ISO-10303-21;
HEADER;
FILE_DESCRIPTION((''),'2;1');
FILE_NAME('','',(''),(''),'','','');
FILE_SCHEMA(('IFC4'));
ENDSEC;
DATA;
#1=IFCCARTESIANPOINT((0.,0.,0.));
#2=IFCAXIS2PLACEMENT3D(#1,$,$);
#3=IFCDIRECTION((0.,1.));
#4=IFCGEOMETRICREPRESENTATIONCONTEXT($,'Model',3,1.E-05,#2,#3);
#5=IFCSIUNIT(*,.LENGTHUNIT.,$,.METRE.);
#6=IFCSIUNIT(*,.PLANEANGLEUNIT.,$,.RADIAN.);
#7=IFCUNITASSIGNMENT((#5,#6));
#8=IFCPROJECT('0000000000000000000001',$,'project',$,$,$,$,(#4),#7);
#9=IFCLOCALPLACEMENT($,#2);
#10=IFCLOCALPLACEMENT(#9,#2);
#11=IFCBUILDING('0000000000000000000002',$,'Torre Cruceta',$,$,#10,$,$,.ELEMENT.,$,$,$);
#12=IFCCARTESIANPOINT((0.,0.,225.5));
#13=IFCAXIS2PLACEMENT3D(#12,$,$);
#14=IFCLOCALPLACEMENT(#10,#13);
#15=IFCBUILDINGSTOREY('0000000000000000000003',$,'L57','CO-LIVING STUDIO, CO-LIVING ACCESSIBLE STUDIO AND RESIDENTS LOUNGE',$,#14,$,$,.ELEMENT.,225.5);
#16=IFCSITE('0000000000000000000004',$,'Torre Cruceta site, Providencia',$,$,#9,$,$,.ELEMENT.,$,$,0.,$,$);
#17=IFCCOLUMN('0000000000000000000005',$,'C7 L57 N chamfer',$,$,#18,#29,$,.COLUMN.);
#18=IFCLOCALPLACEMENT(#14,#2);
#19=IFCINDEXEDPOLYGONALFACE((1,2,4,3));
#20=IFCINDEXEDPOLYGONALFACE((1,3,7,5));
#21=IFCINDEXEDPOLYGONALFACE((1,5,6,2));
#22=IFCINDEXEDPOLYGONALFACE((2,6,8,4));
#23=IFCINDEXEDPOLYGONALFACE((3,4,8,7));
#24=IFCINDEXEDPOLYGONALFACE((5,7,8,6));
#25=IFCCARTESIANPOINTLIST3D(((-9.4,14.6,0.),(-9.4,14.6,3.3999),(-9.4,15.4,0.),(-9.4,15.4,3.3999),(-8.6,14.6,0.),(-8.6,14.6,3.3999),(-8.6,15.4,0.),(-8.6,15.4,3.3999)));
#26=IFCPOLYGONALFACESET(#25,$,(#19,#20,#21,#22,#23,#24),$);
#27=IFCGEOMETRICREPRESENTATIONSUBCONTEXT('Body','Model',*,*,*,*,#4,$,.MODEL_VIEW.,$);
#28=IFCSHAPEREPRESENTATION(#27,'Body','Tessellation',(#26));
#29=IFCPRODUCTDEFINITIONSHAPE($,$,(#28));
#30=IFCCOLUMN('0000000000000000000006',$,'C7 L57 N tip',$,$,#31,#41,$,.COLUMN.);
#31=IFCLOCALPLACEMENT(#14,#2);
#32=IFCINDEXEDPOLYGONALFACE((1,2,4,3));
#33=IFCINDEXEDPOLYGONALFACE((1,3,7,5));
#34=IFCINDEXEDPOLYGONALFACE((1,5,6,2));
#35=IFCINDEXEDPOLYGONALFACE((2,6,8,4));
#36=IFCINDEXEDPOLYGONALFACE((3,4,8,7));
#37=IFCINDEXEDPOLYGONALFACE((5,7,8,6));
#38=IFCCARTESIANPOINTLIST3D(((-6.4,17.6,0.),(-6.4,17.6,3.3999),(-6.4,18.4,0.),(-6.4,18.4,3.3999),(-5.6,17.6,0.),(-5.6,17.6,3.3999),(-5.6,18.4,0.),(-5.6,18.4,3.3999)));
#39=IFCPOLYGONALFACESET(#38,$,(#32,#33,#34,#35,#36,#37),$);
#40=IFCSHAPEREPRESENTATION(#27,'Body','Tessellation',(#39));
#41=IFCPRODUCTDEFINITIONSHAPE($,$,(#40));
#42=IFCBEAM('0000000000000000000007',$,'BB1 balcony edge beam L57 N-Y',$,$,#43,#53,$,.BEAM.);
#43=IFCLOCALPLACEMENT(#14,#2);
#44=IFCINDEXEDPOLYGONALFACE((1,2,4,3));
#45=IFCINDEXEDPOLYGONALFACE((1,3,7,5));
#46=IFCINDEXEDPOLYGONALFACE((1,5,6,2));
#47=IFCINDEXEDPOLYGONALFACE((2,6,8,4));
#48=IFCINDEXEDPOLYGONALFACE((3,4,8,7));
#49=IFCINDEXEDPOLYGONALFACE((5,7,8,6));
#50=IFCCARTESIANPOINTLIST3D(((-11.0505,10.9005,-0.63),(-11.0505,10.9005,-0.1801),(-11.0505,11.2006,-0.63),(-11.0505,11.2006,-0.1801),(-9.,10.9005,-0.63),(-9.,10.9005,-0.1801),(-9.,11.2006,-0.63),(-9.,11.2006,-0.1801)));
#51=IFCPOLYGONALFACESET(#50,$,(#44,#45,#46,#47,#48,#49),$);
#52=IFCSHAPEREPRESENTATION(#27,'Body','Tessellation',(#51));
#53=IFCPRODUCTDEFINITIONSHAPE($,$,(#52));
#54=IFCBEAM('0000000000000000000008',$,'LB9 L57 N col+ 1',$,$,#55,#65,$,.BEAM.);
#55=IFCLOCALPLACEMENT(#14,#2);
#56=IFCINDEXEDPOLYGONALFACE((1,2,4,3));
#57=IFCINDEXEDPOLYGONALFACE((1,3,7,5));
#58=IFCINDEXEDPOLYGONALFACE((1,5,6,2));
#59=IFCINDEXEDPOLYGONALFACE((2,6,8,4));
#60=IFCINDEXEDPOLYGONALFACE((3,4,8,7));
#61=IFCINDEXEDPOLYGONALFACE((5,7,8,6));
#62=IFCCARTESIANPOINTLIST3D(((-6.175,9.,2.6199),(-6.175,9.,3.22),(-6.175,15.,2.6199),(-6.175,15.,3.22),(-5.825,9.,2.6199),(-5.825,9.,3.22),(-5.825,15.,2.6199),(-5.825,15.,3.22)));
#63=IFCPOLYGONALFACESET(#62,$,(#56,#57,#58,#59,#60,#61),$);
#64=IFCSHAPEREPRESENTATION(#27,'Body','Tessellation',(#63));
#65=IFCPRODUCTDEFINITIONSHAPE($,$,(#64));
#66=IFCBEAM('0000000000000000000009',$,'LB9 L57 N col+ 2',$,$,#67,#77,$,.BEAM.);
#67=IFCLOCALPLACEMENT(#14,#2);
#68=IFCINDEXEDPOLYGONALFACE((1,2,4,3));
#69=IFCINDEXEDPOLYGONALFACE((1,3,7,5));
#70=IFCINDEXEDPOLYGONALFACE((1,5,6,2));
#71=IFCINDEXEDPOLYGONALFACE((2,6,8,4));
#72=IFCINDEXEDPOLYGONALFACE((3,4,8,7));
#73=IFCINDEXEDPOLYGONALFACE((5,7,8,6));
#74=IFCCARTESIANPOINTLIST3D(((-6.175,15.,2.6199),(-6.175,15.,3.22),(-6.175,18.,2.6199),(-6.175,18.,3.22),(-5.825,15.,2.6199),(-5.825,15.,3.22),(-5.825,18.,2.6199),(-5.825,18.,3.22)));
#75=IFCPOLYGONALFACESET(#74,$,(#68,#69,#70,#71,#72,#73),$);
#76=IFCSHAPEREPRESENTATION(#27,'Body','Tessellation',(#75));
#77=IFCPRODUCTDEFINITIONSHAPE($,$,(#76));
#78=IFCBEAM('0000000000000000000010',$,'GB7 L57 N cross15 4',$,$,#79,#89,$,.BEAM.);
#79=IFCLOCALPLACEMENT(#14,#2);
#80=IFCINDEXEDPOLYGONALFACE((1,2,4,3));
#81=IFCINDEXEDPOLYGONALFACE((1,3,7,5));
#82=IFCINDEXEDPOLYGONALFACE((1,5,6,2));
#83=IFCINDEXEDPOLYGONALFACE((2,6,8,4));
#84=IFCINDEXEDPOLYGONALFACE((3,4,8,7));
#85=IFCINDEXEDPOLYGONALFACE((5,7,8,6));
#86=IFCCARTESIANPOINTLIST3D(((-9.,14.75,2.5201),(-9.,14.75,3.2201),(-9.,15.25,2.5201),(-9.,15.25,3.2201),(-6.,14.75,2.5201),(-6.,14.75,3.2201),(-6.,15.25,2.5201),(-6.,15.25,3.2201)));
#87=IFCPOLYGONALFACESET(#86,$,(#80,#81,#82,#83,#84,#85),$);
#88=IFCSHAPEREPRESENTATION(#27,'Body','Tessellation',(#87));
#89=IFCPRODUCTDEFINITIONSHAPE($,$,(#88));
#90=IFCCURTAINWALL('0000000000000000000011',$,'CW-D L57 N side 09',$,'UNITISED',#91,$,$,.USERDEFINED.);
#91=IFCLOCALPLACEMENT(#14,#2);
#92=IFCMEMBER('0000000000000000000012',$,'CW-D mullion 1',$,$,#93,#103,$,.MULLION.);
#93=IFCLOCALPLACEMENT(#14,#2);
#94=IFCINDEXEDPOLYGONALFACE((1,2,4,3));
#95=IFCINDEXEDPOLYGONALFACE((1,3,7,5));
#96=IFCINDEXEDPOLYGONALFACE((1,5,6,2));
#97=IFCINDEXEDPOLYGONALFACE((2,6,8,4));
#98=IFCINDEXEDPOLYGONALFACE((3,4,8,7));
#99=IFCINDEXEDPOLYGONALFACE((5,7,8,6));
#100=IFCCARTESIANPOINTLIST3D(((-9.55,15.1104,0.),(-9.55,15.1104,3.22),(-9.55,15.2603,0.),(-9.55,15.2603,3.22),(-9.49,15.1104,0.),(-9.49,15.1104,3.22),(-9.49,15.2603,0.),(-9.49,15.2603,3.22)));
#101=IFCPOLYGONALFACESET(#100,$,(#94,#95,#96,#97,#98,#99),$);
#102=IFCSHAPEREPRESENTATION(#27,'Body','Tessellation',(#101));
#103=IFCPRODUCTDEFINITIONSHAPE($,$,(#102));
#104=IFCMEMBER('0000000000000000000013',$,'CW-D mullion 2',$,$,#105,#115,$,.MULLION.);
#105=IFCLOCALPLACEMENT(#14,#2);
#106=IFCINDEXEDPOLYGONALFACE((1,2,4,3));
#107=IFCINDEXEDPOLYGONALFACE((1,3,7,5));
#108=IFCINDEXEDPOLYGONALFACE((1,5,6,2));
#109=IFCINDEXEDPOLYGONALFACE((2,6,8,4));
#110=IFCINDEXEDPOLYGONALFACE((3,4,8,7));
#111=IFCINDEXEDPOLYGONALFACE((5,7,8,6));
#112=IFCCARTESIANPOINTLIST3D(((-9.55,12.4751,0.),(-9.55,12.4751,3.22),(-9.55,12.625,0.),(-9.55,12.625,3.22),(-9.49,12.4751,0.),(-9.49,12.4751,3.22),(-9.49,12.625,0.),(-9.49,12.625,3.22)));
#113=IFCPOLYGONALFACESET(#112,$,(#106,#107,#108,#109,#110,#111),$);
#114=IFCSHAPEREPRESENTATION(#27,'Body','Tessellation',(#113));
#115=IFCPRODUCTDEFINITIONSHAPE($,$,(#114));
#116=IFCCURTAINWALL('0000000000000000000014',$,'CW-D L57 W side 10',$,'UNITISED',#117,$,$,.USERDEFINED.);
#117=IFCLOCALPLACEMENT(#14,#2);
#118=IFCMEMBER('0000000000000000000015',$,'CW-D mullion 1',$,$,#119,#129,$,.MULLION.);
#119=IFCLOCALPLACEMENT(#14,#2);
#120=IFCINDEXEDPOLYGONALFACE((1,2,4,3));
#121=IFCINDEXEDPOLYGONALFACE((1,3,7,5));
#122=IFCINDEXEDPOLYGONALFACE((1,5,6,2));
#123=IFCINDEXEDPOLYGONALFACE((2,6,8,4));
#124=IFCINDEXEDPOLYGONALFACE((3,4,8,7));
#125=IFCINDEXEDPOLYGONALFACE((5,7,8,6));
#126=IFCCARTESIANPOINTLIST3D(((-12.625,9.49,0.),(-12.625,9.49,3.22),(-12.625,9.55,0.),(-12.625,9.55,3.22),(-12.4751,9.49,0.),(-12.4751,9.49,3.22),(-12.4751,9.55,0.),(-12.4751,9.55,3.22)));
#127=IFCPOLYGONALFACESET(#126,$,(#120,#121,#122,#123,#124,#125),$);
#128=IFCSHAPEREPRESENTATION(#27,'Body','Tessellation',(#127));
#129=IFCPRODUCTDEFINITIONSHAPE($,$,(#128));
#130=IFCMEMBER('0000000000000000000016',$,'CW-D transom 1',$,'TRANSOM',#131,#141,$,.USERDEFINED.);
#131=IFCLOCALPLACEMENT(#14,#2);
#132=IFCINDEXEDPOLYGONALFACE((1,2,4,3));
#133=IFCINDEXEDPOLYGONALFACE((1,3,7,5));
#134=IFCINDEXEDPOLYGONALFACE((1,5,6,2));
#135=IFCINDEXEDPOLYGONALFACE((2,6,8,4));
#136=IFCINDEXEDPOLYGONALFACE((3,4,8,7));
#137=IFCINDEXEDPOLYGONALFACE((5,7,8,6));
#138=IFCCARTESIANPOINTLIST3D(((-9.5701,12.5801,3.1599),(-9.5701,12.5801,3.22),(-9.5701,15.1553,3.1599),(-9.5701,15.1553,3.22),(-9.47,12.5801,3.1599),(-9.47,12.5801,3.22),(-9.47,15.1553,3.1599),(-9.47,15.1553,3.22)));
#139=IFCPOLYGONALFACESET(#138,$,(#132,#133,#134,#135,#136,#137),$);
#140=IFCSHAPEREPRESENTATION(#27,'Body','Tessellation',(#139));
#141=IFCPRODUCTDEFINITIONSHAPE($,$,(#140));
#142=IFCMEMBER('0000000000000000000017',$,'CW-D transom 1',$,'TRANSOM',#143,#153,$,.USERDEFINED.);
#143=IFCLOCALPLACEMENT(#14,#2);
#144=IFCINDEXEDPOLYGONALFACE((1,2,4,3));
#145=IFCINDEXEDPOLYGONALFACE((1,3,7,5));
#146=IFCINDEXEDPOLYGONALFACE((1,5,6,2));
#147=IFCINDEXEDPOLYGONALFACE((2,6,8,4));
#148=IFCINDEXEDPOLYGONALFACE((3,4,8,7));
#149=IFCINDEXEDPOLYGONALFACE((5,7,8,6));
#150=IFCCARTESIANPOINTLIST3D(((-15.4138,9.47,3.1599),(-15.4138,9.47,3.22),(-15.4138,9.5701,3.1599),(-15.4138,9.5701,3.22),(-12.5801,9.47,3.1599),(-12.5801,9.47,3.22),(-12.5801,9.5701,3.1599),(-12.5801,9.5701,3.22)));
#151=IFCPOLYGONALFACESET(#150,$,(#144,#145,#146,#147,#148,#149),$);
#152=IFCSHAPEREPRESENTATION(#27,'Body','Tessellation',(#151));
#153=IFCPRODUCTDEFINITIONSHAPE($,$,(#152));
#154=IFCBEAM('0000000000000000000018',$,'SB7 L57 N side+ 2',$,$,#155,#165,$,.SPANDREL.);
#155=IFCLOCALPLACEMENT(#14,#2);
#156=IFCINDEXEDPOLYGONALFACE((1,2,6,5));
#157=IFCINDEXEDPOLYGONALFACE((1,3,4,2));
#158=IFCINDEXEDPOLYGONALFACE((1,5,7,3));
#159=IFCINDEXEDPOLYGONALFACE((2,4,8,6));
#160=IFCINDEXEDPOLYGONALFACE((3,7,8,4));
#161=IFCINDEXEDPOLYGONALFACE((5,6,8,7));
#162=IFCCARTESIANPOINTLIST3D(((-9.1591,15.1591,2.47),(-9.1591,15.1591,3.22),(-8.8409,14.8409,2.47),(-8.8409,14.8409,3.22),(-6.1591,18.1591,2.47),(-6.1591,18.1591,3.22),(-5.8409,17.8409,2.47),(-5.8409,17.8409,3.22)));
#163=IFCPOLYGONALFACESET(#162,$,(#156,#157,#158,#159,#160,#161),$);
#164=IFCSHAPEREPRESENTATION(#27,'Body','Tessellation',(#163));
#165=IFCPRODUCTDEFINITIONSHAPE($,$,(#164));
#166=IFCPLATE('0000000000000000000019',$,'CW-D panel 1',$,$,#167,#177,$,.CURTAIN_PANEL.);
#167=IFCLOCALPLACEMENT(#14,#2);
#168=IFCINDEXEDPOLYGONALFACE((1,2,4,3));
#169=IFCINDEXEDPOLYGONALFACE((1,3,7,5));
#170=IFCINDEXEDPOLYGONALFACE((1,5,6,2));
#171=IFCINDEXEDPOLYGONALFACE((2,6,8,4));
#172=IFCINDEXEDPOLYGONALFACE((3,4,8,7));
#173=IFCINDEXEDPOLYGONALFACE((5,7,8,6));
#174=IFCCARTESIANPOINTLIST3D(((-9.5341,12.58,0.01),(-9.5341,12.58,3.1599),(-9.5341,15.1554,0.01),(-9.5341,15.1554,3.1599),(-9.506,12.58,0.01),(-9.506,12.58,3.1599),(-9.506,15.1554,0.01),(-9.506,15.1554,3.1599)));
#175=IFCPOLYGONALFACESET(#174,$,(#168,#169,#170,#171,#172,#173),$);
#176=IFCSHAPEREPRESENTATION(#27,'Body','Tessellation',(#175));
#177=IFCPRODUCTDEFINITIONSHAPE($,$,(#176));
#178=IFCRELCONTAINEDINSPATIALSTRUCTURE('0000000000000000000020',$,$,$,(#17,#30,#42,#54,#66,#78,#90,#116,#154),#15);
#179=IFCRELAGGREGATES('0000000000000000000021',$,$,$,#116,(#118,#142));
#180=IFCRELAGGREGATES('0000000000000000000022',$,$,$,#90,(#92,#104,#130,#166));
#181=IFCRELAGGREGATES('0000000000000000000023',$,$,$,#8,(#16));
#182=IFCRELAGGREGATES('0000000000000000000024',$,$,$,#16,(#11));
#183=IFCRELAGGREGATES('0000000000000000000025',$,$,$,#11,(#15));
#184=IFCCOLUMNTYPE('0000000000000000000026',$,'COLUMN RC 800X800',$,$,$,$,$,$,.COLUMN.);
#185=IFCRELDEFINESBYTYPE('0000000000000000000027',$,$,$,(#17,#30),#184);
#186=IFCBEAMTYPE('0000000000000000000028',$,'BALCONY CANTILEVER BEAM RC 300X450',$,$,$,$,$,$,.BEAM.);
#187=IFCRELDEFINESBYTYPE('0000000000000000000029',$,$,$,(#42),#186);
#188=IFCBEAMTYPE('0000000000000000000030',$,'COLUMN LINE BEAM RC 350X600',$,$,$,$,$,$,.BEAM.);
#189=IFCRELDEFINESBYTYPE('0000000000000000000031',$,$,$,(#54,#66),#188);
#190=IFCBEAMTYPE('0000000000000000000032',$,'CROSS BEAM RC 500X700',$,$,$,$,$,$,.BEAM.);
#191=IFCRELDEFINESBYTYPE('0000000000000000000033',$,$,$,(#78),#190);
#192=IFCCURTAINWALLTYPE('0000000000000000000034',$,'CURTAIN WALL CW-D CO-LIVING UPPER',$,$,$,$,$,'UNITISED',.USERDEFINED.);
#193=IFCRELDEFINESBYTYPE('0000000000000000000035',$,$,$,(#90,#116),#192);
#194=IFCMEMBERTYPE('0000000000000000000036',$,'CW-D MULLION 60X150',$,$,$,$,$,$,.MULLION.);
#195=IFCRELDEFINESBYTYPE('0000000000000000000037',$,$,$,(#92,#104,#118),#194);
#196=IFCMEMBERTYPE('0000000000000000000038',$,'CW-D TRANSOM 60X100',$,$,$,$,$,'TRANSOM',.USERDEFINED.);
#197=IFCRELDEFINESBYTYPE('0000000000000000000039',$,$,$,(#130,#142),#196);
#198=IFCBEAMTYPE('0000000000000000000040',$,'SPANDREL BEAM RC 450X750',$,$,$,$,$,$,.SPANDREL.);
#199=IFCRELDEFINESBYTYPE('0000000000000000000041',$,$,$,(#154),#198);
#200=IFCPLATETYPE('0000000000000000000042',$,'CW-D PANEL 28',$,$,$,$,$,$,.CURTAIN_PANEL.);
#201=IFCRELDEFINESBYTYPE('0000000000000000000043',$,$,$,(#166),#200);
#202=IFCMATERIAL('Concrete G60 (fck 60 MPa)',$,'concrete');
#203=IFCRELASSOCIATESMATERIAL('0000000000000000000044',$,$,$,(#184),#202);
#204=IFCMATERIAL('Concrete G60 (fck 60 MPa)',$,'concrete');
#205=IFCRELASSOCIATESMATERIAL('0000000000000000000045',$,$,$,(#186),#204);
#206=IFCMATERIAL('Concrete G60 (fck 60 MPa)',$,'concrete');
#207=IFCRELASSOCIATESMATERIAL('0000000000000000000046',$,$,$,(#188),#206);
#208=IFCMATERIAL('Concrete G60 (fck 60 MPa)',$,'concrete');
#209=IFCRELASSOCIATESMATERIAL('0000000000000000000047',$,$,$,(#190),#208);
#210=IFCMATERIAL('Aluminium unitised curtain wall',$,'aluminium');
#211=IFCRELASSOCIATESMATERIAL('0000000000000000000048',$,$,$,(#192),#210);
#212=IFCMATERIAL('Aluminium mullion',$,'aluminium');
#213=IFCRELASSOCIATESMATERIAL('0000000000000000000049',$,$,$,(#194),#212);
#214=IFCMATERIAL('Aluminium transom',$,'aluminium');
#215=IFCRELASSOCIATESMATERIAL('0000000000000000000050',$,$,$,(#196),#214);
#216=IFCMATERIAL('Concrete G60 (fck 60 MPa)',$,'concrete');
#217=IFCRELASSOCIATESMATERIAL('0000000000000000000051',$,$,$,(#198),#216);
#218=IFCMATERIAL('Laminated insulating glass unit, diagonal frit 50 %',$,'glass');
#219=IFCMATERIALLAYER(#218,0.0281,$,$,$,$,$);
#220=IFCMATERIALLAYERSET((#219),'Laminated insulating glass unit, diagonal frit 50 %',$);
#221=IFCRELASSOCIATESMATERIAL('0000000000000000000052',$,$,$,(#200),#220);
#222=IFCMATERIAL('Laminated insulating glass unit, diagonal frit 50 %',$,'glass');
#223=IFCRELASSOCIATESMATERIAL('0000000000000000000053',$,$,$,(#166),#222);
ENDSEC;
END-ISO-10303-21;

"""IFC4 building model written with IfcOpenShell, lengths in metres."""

from ifc_helpers import new_model, si_unit, direction, frame, origin, origin_2d, place, context, subcontext, project, spatial, rectangle, extrude, material, layer, layer_set, material_profile, profile_set, type_object, element, aggregate, save


model = new_model("IFC4")

# Units and contexts
model_context = context("Model", 3, precision=1e-05, world=origin(), true_north=direction((0.0, 1.0)))
body_context = subcontext(model_context, "Body", "Model", "MODEL_VIEW")
ifc_project = project(units=[si_unit("LENGTHUNIT", "METRE"), si_unit("PLANEANGLEUNIT", "RADIAN")], contexts=[model_context])

# Site, building, storey
site_placement = place(None, origin())
site = spatial("IfcSite", under=ifc_project, at=site_placement, Name="Torre Cruceta site, Providencia", CompositionType="ELEMENT", RefElevation=0.0)
building_placement = place(site_placement, origin())
building = spatial("IfcBuilding", under=site, at=building_placement, Name="Torre Cruceta", CompositionType="ELEMENT")
storey_placement = place(building_placement, frame((0.0, 0.0, 225.5)))
storey = spatial("IfcBuildingStorey", under=building, at=storey_placement, Name="L57", Description="CO-LIVING STUDIO, CO-LIVING ACCESSIBLE STUDIO AND RESIDENTS LOUNGE", CompositionType="ELEMENT", Elevation=225.5)

# Columns
ifc_material_1 = material(Name="Concrete G60 (fck 60 MPa)", Category="concrete")
ifc_material_profile_1 = material_profile(ifc_material_1, rectangle(XDim=0.8, YDim=0.8, at=origin_2d()), Name="RC 800X800")
ifc_profile_set_1 = profile_set([ifc_material_profile_1], Name="Concrete G60 (fck 60 MPa)")
column_type = type_object("IfcColumnType", Name="COLUMN RC 800X800", PredefinedType="COLUMN", material=ifc_profile_set_1)
for number, where, z_axis, x_axis, name in (
    (1, (-9.0, 15.0, 0.0), (0.0, 0.0, 1.0), (1.0, 0.0, 0.0), "C7 L57 N chamfer"),
    (2, (-6.0, 18.0, 0.0), (0.0, 0.0, 1.0), (1.0, 0.0, 0.0), "C7 L57 N tip"),
):
    element("IfcColumn", number, at=place(storey_placement, frame(where, z_axis=z_axis, x_axis=x_axis)), inside=storey, type_object=column_type, Name=name, PredefinedType="COLUMN", context=body_context, shape_type="SweptSolid", body=[
        extrude(rectangle(XDim=0.8, YDim=0.8, at=origin_2d()), origin(), (0.0, 0.0, 1.0), 3.3999),
    ])

# Beams
ifc_material_2 = material(Name="Concrete G60 (fck 60 MPa)", Category="concrete")
ifc_material_profile_2 = material_profile(ifc_material_2, rectangle(XDim=0.3, YDim=0.45, at=origin_2d()), Name="RC 300X450")
ifc_profile_set_2 = profile_set([ifc_material_profile_2], Name="Concrete G60 (fck 60 MPa)")
beam_type_1 = type_object("IfcBeamType", Name="BALCONY CANTILEVER BEAM RC 300X450", PredefinedType="BEAM", material=ifc_profile_set_2)
beam_1_placement = place(storey_placement, frame((-9.0, 11.0505, -0.405), z_axis=(-1.0, 0.0, 0.0), x_axis=(0.0, -1.0, 0.0)))
element("IfcBeam", 3, at=beam_1_placement, inside=storey, type_object=beam_type_1, Name="BB1 balcony edge beam L57 N-Y", PredefinedType="BEAM", context=body_context, shape_type="SweptSolid", body=[
    extrude(rectangle(XDim=0.3, YDim=0.45, at=origin_2d()), origin(), (0.0, 0.0, 1.0), 2.0505),
])
ifc_material_3 = material(Name="Concrete G60 (fck 60 MPa)", Category="concrete")
ifc_material_profile_3 = material_profile(ifc_material_3, rectangle(XDim=0.3501, YDim=0.6001, at=origin_2d()), Name="RC 350X600")
ifc_profile_set_3 = profile_set([ifc_material_profile_3], Name="Concrete G60 (fck 60 MPa)")
beam_type_2 = type_object("IfcBeamType", Name="COLUMN LINE BEAM RC 350X600", PredefinedType="BEAM", material=ifc_profile_set_3)
beam_2_placement = place(storey_placement, frame((-6.0, 9.0, 2.9199), z_axis=(0.0, 1.0, 0.0), x_axis=(-1.0, 0.0, 0.0)))
element("IfcBeam", 4, at=beam_2_placement, inside=storey, type_object=beam_type_2, Name="LB9 L57 N col+ 1", PredefinedType="BEAM", context=body_context, shape_type="SweptSolid", body=[
    extrude(rectangle(XDim=0.3501, YDim=0.6001, at=origin_2d()), origin(), (0.0, 0.0, 1.0), 6.0),
])
beam_3_placement = place(storey_placement, frame((-6.0, 15.0, 2.9199), z_axis=(0.0, 1.0, 0.0), x_axis=(-1.0, 0.0, 0.0)))
element("IfcBeam", 5, at=beam_3_placement, inside=storey, type_object=beam_type_2, Name="LB9 L57 N col+ 2", PredefinedType="BEAM", context=body_context, shape_type="SweptSolid", body=[
    extrude(rectangle(XDim=0.3501, YDim=0.6001, at=origin_2d()), origin(), (0.0, 0.0, 1.0), 3.0),
])
ifc_material_4 = material(Name="Concrete G60 (fck 60 MPa)", Category="concrete")
ifc_material_profile_4 = material_profile(ifc_material_4, rectangle(XDim=0.5, YDim=0.7, at=origin_2d()), Name="RC 500X700")
ifc_profile_set_4 = profile_set([ifc_material_profile_4], Name="Concrete G60 (fck 60 MPa)")
beam_type_3 = type_object("IfcBeamType", Name="CROSS BEAM RC 500X700", PredefinedType="BEAM", material=ifc_profile_set_4)
beam_4_placement = place(storey_placement, frame((-6.0, 15.0, 2.8701), z_axis=(-1.0, 0.0, 0.0), x_axis=(0.0, -1.0, 0.0)))
element("IfcBeam", 6, at=beam_4_placement, inside=storey, type_object=beam_type_3, Name="GB7 L57 N cross15 4", PredefinedType="BEAM", context=body_context, shape_type="SweptSolid", body=[
    extrude(rectangle(XDim=0.5, YDim=0.7, at=origin_2d()), origin(), (0.0, 0.0, 1.0), 3.0),
])

# Curtain wall, members
ifc_material_5 = material(Name="Aluminium unitised curtain wall", Category="aluminium")
curtain_wall_type = type_object("IfcCurtainWallType", Name="CURTAIN WALL CW-D CO-LIVING UPPER", ElementType="UNITISED", PredefinedType="USERDEFINED", material=ifc_material_5)
curtain_wall_1_placement = place(storey_placement, origin())
curtain_wall_1 = element("IfcCurtainWall", 7, at=curtain_wall_1_placement, inside=storey, type_object=curtain_wall_type, Name="CW-D L57 N side 09", ObjectType="UNITISED", PredefinedType="USERDEFINED")
ifc_material_6 = material(Name="Aluminium mullion", Category="aluminium")
ifc_material_profile_5 = material_profile(ifc_material_6, rectangle(XDim=0.0601, YDim=0.1499, at=origin_2d()), Name="AL 60X150")
ifc_profile_set_5 = profile_set([ifc_material_profile_5], Name="Aluminium mullion")
member_type_1 = type_object("IfcMemberType", Name="CW-D MULLION 60X150", PredefinedType="MULLION", material=ifc_profile_set_5)
member_1_placement = place(storey_placement, frame((-9.52, 15.1853, 0.0), z_axis=(0.0, 0.0, 1.0), x_axis=(1.0, 0.0, 0.0)))
member_1 = element("IfcMember", 8, at=member_1_placement, type_object=member_type_1, Name="CW-D mullion 1", PredefinedType="MULLION", context=body_context, shape_type="SweptSolid", body=[
    extrude(rectangle(XDim=0.0601, YDim=0.1499, at=origin_2d()), origin(), (0.0, 0.0, 1.0), 3.22),
])
member_2_placement = place(storey_placement, frame((-9.52, 12.55, 0.0), z_axis=(0.0, 0.0, 1.0), x_axis=(1.0, 0.0, 0.0)))
member_2 = element("IfcMember", 9, at=member_2_placement, type_object=member_type_1, Name="CW-D mullion 2", PredefinedType="MULLION", context=body_context, shape_type="SweptSolid", body=[
    extrude(rectangle(XDim=0.0601, YDim=0.1499, at=origin_2d()), origin(), (0.0, 0.0, 1.0), 3.22),
])

# Curtain wall, member
curtain_wall_2_placement = place(storey_placement, origin())
curtain_wall_2 = element("IfcCurtainWall", 10, at=curtain_wall_2_placement, inside=storey, type_object=curtain_wall_type, Name="CW-D L57 W side 10", ObjectType="UNITISED", PredefinedType="USERDEFINED")
member_3_placement = place(storey_placement, frame((-12.55, 9.52, 0.0), z_axis=(0.0, 0.0, 1.0), x_axis=(0.0, -1.0, 0.0)))
member_3 = element("IfcMember", 11, at=member_3_placement, type_object=member_type_1, Name="CW-D mullion 1", PredefinedType="MULLION", context=body_context, shape_type="SweptSolid", body=[
    extrude(rectangle(XDim=0.0601, YDim=0.1499, at=origin_2d()), origin(), (0.0, 0.0, 1.0), 3.22),
])

# Members
ifc_material_7 = material(Name="Aluminium transom", Category="aluminium")
ifc_material_profile_6 = material_profile(ifc_material_7, rectangle(XDim=0.1001, YDim=0.0601, at=origin_2d()), Name="AL 100X60")
ifc_profile_set_6 = profile_set([ifc_material_profile_6], Name="Aluminium transom")
member_type_2 = type_object("IfcMemberType", Name="CW-D TRANSOM 60X100", ElementType="TRANSOM", PredefinedType="USERDEFINED", material=ifc_profile_set_6)
member_4_placement = place(storey_placement, frame((-9.52, 15.1553, 3.1899), z_axis=(0.0, -1.0, 0.0), x_axis=(1.0, 0.0, 0.0)))
member_4 = element("IfcMember", 12, at=member_4_placement, type_object=member_type_2, Name="CW-D transom 1", ObjectType="TRANSOM", PredefinedType="USERDEFINED", context=body_context, shape_type="SweptSolid", body=[
    extrude(rectangle(XDim=0.1001, YDim=0.0601, at=origin_2d()), origin(), (0.0, 0.0, 1.0), 2.5752),
])
member_5_placement = place(storey_placement, frame((-12.5801, 9.52, 3.1899), z_axis=(-1.0, 0.0, 0.0), x_axis=(0.0, -1.0, 0.0)))
member_5 = element("IfcMember", 13, at=member_5_placement, type_object=member_type_2, Name="CW-D transom 1", ObjectType="TRANSOM", PredefinedType="USERDEFINED", context=body_context, shape_type="SweptSolid", body=[
    extrude(rectangle(XDim=0.1001, YDim=0.0601, at=origin_2d()), origin(), (0.0, 0.0, 1.0), 2.8337),
])
aggregate(curtain_wall_2, [member_3, member_5])

# Beam
ifc_material_8 = material(Name="Concrete G60 (fck 60 MPa)", Category="concrete")
ifc_material_profile_7 = material_profile(ifc_material_8, rectangle(XDim=0.45, YDim=0.75, at=origin_2d()), Name="RC 450X750")
ifc_profile_set_7 = profile_set([ifc_material_profile_7], Name="Concrete G60 (fck 60 MPa)")
beam_type_4 = type_object("IfcBeamType", Name="SPANDREL BEAM RC 450X750", PredefinedType="SPANDREL", material=ifc_profile_set_7)
beam_5_placement = place(storey_placement, frame((-9.0, 15.0, 2.845), z_axis=(0.707107, 0.707107, 0.0), x_axis=(-0.707107, 0.707107, 0.0)))
element("IfcBeam", 14, at=beam_5_placement, inside=storey, type_object=beam_type_4, Name="SB7 L57 N side+ 2", PredefinedType="SPANDREL", context=body_context, shape_type="SweptSolid", body=[
    extrude(rectangle(XDim=0.45, YDim=0.75, at=origin_2d()), origin(), (0.0, 0.0, 1.0), 4.2427),
])

# Plate
ifc_material_9 = material(Name="Laminated insulating glass unit, diagonal frit 50 %", Category="glass")
ifc_material_10 = material(Name="Laminated insulating glass unit, diagonal frit 50 %", Category="glass")
ifc_layer_1 = layer(ifc_material_10, 0.0281)
ifc_layer_set_1 = layer_set([ifc_layer_1], Name="Laminated insulating glass unit, diagonal frit 50 %")
plate_type = type_object("IfcPlateType", Name="CW-D PANEL 28", PredefinedType="CURTAIN_PANEL", material=ifc_layer_set_1)
plate_placement = place(storey_placement, frame((-9.52, 13.8677, 0.01), z_axis=(0.0, 0.0, 1.0), x_axis=(0.0, -1.0, 0.0)))
plate = element("IfcPlate", 15, at=plate_placement, type_object=plate_type, material=ifc_material_9, Name="CW-D panel 1", PredefinedType="CURTAIN_PANEL", context=body_context, shape_type="SweptSolid", body=[
    extrude(rectangle(XDim=2.5754, YDim=0.0281, at=origin_2d()), origin(), (0.0, 0.0, 1.0), 3.1499),
])
aggregate(curtain_wall_1, [member_1, member_2, member_4, plate])

save(model, "model.ifc")
